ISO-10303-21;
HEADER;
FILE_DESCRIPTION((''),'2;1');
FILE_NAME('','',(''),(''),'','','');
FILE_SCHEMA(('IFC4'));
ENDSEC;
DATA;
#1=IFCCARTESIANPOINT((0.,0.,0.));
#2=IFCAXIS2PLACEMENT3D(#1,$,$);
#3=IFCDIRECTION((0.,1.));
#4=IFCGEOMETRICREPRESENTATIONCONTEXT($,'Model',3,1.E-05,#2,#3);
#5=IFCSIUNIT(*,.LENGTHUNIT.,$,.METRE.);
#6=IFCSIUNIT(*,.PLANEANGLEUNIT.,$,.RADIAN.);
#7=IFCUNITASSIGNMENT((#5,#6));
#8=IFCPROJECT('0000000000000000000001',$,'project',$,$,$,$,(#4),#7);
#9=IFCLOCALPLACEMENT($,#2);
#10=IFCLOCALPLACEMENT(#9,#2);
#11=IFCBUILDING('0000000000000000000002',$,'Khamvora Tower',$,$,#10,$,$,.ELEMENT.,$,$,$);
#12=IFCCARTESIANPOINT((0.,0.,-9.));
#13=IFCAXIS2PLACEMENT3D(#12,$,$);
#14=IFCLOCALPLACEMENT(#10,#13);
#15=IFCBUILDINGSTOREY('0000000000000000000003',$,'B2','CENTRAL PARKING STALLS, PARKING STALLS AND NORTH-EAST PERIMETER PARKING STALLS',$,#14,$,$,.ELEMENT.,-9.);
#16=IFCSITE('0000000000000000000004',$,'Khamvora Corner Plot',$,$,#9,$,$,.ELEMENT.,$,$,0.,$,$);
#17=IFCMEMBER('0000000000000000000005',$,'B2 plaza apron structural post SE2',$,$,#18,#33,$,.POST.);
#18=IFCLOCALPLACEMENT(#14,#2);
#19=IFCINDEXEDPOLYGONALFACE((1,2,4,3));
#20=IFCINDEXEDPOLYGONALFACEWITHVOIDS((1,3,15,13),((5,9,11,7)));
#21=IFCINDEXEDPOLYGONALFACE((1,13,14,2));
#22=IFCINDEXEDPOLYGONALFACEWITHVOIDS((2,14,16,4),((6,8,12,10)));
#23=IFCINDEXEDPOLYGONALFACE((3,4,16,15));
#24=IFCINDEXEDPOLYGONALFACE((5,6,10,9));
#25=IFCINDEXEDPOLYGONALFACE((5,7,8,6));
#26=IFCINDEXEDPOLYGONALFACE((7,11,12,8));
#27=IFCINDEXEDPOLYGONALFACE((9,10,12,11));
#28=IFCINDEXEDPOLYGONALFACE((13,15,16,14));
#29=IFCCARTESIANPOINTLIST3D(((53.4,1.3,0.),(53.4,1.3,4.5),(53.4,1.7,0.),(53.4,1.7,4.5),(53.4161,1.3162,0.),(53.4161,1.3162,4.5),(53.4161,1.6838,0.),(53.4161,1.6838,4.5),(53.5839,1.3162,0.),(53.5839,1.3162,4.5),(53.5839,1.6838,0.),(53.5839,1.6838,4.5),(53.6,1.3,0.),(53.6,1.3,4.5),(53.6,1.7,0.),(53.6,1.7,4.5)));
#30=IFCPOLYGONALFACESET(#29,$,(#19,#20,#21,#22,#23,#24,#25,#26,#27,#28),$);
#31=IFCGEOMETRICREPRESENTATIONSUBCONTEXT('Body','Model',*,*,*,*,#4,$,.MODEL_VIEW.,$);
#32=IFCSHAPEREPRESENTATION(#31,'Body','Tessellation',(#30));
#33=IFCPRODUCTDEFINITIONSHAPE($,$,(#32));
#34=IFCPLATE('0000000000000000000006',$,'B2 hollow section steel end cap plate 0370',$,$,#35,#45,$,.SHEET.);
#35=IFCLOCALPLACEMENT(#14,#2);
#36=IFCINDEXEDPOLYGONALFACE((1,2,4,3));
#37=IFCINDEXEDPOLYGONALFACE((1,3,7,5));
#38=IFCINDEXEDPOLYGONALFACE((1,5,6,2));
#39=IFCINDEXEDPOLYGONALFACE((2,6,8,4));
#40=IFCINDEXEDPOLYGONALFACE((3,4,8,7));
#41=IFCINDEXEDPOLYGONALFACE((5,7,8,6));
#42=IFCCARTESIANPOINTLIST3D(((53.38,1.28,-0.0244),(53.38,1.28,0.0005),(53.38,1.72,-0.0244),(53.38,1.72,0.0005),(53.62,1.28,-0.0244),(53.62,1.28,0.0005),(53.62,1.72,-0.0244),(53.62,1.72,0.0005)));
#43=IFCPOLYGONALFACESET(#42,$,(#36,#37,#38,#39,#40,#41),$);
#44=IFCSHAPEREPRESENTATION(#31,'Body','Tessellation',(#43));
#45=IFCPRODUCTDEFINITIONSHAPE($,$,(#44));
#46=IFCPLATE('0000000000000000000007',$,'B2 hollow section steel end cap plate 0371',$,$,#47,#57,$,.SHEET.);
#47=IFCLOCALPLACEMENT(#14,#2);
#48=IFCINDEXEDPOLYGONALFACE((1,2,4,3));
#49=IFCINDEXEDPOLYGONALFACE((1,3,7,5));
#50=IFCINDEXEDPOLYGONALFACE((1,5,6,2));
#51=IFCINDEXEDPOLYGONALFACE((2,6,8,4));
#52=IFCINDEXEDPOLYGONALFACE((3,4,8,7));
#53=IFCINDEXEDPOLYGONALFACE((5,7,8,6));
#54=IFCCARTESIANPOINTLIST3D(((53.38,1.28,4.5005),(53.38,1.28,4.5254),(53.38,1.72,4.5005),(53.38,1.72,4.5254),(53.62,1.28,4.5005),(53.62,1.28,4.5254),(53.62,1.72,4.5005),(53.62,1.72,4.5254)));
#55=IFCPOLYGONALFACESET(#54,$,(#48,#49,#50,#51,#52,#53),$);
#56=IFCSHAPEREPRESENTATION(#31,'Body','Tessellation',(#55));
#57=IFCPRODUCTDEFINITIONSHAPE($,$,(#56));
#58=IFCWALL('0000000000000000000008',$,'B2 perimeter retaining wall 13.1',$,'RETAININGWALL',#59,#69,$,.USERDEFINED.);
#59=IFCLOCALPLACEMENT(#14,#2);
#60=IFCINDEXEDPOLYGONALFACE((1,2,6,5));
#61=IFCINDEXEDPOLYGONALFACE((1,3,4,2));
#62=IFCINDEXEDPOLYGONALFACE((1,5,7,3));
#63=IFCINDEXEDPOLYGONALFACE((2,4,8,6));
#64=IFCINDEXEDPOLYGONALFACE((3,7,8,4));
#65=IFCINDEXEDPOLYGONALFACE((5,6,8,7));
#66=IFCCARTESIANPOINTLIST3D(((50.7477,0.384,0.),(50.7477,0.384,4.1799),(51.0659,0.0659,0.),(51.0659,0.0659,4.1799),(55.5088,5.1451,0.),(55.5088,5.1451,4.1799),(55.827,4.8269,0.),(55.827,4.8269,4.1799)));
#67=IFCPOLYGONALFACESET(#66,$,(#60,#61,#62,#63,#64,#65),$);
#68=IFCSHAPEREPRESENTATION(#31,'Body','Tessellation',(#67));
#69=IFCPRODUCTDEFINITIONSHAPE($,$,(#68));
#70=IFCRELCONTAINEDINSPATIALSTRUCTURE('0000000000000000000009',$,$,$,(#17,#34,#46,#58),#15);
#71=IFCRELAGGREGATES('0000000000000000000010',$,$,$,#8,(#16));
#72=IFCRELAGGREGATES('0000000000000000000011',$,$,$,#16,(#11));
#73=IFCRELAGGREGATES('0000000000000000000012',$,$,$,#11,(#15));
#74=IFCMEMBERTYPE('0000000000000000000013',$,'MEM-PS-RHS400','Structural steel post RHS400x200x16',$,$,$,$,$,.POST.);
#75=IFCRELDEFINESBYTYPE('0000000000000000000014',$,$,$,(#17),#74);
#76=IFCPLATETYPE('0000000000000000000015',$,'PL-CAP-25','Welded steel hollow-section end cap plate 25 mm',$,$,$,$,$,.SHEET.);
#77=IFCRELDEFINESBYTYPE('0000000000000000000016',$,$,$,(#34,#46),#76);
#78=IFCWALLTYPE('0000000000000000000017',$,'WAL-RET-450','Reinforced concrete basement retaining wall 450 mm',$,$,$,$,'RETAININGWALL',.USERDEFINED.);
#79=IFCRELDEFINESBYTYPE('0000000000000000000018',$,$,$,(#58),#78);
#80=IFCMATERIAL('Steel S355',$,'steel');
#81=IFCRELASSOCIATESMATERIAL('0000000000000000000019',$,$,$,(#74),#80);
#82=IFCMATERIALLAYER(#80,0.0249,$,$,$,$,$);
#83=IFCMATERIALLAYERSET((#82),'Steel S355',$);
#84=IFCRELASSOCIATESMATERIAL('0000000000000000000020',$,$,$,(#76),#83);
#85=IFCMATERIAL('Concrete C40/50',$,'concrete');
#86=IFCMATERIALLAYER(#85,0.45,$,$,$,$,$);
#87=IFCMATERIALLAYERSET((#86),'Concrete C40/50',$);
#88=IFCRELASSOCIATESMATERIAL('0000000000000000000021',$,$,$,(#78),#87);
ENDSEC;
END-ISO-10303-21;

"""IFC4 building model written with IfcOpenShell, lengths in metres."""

from ifc_helpers import new_model, si_unit, direction, frame, frame_2d, origin, origin_2d, place, context, subcontext, project, spatial, rectangle, hollow_rectangle, extrude, material, layer, layer_set, material_profile, profile_set, type_object, element, save


model = new_model("IFC4")

# Units and contexts
model_context = context("Model", 3, precision=1e-05, world=origin(), true_north=direction((0.0, 1.0)))
body_context = subcontext(model_context, "Body", "Model", "MODEL_VIEW")
ifc_project = project(units=[si_unit("LENGTHUNIT", "METRE"), si_unit("PLANEANGLEUNIT", "RADIAN")], contexts=[model_context])

# Site, building, storey
site_placement = place(None, origin())
site = spatial("IfcSite", under=ifc_project, at=site_placement, Name="Khamvora Corner Plot", CompositionType="ELEMENT", RefElevation=0.0)
building_placement = place(site_placement, origin())
building = spatial("IfcBuilding", under=site, at=building_placement, Name="Khamvora Tower", CompositionType="ELEMENT")
storey_placement = place(building_placement, frame((0.0, 0.0, -9.0)))
storey = spatial("IfcBuildingStorey", under=building, at=storey_placement, Name="B2", Description="CENTRAL PARKING STALLS, PARKING STALLS AND NORTH-EAST PERIMETER PARKING STALLS", CompositionType="ELEMENT", Elevation=-9.0)

# Shared definitions
ifc_material_1 = material(Name="Concrete C40/50", Category="concrete")

# Shared definitions
ifc_material_2 = material(Name="Steel S355", Category="steel")

# Member
ifc_material_profile_1 = material_profile(ifc_material_2, hollow_rectangle(XDim=0.2, YDim=0.3999, WallThickness=0.0161, at=origin_2d()), Name="RHS400x200x16")
ifc_profile_set_1 = profile_set([ifc_material_profile_1], Name="Steel S355")
member_type = type_object("IfcMemberType", Name="MEM-PS-RHS400", Description="Structural steel post RHS400x200x16", PredefinedType="POST", material=ifc_profile_set_1)
member_placement = place(storey_placement, frame((53.5, 1.5, 0.0), z_axis=(0.0, 0.0, 1.0), x_axis=(1.0, 0.0, 0.0)))
element("IfcMember", 1, at=member_placement, inside=storey, type_object=member_type, Name="B2 plaza apron structural post SE2", PredefinedType="POST", context=body_context, shape_type="SweptSolid", body=[
    extrude(hollow_rectangle(XDim=0.2, YDim=0.3999, WallThickness=0.0161, at=origin_2d()), origin(), (0.0, 0.0, 1.0), 4.5),
])

# Plates
ifc_layer_1 = layer(ifc_material_2, 0.0249)
ifc_layer_set_1 = layer_set([ifc_layer_1], Name="Steel S355")
plate_type = type_object("IfcPlateType", Name="PL-CAP-25", Description="Welded steel hollow-section end cap plate 25 mm", PredefinedType="SHEET", material=ifc_layer_set_1)
for number, where, z_axis, x_axis, name in (
    (2, (53.5, 1.5, -0.0244), (0.0, 0.0, 1.0), (1.0, 0.0, 0.0), "B2 hollow section steel end cap plate 0370"),
    (3, (53.5, 1.5, 4.5005), (0.0, 0.0, 1.0), (1.0, 0.0, 0.0), "B2 hollow section steel end cap plate 0371"),
):
    element("IfcPlate", number, at=place(storey_placement, frame(where, z_axis=z_axis, x_axis=x_axis)), inside=storey, type_object=plate_type, Name=name, PredefinedType="SHEET", context=body_context, shape_type="SweptSolid", body=[
        extrude(rectangle(XDim=0.24, YDim=0.4399, at=origin_2d()), origin(), (0.0, 0.0, 1.0), 0.0249),
    ])

# Wall
ifc_layer_2 = layer(ifc_material_1, 0.45)
ifc_layer_set_2 = layer_set([ifc_layer_2], Name="Concrete C40/50")
wall_type = type_object("IfcWallType", Name="WAL-RET-450", Description="Reinforced concrete basement retaining wall 450 mm", ElementType="RETAININGWALL", PredefinedType="USERDEFINED", material=ifc_layer_set_2)
wall_placement = place(storey_placement, frame((55.668, 4.9861, 0.0), z_axis=(0.0, 0.0, 1.0), x_axis=(-0.707107, -0.707107, 0.0)))
element("IfcWall", 4, at=wall_placement, inside=storey, type_object=wall_type, Name="B2 perimeter retaining wall 13.1", ObjectType="RETAININGWALL", PredefinedType="USERDEFINED", context=body_context, shape_type="SweptSolid", body=[
    extrude(rectangle(XDim=6.7332, YDim=0.45, at=frame_2d((3.3667, 0.0))), origin(), (0.0, 0.0, 1.0), 4.1799),
])

save(model, "model.ifc")
